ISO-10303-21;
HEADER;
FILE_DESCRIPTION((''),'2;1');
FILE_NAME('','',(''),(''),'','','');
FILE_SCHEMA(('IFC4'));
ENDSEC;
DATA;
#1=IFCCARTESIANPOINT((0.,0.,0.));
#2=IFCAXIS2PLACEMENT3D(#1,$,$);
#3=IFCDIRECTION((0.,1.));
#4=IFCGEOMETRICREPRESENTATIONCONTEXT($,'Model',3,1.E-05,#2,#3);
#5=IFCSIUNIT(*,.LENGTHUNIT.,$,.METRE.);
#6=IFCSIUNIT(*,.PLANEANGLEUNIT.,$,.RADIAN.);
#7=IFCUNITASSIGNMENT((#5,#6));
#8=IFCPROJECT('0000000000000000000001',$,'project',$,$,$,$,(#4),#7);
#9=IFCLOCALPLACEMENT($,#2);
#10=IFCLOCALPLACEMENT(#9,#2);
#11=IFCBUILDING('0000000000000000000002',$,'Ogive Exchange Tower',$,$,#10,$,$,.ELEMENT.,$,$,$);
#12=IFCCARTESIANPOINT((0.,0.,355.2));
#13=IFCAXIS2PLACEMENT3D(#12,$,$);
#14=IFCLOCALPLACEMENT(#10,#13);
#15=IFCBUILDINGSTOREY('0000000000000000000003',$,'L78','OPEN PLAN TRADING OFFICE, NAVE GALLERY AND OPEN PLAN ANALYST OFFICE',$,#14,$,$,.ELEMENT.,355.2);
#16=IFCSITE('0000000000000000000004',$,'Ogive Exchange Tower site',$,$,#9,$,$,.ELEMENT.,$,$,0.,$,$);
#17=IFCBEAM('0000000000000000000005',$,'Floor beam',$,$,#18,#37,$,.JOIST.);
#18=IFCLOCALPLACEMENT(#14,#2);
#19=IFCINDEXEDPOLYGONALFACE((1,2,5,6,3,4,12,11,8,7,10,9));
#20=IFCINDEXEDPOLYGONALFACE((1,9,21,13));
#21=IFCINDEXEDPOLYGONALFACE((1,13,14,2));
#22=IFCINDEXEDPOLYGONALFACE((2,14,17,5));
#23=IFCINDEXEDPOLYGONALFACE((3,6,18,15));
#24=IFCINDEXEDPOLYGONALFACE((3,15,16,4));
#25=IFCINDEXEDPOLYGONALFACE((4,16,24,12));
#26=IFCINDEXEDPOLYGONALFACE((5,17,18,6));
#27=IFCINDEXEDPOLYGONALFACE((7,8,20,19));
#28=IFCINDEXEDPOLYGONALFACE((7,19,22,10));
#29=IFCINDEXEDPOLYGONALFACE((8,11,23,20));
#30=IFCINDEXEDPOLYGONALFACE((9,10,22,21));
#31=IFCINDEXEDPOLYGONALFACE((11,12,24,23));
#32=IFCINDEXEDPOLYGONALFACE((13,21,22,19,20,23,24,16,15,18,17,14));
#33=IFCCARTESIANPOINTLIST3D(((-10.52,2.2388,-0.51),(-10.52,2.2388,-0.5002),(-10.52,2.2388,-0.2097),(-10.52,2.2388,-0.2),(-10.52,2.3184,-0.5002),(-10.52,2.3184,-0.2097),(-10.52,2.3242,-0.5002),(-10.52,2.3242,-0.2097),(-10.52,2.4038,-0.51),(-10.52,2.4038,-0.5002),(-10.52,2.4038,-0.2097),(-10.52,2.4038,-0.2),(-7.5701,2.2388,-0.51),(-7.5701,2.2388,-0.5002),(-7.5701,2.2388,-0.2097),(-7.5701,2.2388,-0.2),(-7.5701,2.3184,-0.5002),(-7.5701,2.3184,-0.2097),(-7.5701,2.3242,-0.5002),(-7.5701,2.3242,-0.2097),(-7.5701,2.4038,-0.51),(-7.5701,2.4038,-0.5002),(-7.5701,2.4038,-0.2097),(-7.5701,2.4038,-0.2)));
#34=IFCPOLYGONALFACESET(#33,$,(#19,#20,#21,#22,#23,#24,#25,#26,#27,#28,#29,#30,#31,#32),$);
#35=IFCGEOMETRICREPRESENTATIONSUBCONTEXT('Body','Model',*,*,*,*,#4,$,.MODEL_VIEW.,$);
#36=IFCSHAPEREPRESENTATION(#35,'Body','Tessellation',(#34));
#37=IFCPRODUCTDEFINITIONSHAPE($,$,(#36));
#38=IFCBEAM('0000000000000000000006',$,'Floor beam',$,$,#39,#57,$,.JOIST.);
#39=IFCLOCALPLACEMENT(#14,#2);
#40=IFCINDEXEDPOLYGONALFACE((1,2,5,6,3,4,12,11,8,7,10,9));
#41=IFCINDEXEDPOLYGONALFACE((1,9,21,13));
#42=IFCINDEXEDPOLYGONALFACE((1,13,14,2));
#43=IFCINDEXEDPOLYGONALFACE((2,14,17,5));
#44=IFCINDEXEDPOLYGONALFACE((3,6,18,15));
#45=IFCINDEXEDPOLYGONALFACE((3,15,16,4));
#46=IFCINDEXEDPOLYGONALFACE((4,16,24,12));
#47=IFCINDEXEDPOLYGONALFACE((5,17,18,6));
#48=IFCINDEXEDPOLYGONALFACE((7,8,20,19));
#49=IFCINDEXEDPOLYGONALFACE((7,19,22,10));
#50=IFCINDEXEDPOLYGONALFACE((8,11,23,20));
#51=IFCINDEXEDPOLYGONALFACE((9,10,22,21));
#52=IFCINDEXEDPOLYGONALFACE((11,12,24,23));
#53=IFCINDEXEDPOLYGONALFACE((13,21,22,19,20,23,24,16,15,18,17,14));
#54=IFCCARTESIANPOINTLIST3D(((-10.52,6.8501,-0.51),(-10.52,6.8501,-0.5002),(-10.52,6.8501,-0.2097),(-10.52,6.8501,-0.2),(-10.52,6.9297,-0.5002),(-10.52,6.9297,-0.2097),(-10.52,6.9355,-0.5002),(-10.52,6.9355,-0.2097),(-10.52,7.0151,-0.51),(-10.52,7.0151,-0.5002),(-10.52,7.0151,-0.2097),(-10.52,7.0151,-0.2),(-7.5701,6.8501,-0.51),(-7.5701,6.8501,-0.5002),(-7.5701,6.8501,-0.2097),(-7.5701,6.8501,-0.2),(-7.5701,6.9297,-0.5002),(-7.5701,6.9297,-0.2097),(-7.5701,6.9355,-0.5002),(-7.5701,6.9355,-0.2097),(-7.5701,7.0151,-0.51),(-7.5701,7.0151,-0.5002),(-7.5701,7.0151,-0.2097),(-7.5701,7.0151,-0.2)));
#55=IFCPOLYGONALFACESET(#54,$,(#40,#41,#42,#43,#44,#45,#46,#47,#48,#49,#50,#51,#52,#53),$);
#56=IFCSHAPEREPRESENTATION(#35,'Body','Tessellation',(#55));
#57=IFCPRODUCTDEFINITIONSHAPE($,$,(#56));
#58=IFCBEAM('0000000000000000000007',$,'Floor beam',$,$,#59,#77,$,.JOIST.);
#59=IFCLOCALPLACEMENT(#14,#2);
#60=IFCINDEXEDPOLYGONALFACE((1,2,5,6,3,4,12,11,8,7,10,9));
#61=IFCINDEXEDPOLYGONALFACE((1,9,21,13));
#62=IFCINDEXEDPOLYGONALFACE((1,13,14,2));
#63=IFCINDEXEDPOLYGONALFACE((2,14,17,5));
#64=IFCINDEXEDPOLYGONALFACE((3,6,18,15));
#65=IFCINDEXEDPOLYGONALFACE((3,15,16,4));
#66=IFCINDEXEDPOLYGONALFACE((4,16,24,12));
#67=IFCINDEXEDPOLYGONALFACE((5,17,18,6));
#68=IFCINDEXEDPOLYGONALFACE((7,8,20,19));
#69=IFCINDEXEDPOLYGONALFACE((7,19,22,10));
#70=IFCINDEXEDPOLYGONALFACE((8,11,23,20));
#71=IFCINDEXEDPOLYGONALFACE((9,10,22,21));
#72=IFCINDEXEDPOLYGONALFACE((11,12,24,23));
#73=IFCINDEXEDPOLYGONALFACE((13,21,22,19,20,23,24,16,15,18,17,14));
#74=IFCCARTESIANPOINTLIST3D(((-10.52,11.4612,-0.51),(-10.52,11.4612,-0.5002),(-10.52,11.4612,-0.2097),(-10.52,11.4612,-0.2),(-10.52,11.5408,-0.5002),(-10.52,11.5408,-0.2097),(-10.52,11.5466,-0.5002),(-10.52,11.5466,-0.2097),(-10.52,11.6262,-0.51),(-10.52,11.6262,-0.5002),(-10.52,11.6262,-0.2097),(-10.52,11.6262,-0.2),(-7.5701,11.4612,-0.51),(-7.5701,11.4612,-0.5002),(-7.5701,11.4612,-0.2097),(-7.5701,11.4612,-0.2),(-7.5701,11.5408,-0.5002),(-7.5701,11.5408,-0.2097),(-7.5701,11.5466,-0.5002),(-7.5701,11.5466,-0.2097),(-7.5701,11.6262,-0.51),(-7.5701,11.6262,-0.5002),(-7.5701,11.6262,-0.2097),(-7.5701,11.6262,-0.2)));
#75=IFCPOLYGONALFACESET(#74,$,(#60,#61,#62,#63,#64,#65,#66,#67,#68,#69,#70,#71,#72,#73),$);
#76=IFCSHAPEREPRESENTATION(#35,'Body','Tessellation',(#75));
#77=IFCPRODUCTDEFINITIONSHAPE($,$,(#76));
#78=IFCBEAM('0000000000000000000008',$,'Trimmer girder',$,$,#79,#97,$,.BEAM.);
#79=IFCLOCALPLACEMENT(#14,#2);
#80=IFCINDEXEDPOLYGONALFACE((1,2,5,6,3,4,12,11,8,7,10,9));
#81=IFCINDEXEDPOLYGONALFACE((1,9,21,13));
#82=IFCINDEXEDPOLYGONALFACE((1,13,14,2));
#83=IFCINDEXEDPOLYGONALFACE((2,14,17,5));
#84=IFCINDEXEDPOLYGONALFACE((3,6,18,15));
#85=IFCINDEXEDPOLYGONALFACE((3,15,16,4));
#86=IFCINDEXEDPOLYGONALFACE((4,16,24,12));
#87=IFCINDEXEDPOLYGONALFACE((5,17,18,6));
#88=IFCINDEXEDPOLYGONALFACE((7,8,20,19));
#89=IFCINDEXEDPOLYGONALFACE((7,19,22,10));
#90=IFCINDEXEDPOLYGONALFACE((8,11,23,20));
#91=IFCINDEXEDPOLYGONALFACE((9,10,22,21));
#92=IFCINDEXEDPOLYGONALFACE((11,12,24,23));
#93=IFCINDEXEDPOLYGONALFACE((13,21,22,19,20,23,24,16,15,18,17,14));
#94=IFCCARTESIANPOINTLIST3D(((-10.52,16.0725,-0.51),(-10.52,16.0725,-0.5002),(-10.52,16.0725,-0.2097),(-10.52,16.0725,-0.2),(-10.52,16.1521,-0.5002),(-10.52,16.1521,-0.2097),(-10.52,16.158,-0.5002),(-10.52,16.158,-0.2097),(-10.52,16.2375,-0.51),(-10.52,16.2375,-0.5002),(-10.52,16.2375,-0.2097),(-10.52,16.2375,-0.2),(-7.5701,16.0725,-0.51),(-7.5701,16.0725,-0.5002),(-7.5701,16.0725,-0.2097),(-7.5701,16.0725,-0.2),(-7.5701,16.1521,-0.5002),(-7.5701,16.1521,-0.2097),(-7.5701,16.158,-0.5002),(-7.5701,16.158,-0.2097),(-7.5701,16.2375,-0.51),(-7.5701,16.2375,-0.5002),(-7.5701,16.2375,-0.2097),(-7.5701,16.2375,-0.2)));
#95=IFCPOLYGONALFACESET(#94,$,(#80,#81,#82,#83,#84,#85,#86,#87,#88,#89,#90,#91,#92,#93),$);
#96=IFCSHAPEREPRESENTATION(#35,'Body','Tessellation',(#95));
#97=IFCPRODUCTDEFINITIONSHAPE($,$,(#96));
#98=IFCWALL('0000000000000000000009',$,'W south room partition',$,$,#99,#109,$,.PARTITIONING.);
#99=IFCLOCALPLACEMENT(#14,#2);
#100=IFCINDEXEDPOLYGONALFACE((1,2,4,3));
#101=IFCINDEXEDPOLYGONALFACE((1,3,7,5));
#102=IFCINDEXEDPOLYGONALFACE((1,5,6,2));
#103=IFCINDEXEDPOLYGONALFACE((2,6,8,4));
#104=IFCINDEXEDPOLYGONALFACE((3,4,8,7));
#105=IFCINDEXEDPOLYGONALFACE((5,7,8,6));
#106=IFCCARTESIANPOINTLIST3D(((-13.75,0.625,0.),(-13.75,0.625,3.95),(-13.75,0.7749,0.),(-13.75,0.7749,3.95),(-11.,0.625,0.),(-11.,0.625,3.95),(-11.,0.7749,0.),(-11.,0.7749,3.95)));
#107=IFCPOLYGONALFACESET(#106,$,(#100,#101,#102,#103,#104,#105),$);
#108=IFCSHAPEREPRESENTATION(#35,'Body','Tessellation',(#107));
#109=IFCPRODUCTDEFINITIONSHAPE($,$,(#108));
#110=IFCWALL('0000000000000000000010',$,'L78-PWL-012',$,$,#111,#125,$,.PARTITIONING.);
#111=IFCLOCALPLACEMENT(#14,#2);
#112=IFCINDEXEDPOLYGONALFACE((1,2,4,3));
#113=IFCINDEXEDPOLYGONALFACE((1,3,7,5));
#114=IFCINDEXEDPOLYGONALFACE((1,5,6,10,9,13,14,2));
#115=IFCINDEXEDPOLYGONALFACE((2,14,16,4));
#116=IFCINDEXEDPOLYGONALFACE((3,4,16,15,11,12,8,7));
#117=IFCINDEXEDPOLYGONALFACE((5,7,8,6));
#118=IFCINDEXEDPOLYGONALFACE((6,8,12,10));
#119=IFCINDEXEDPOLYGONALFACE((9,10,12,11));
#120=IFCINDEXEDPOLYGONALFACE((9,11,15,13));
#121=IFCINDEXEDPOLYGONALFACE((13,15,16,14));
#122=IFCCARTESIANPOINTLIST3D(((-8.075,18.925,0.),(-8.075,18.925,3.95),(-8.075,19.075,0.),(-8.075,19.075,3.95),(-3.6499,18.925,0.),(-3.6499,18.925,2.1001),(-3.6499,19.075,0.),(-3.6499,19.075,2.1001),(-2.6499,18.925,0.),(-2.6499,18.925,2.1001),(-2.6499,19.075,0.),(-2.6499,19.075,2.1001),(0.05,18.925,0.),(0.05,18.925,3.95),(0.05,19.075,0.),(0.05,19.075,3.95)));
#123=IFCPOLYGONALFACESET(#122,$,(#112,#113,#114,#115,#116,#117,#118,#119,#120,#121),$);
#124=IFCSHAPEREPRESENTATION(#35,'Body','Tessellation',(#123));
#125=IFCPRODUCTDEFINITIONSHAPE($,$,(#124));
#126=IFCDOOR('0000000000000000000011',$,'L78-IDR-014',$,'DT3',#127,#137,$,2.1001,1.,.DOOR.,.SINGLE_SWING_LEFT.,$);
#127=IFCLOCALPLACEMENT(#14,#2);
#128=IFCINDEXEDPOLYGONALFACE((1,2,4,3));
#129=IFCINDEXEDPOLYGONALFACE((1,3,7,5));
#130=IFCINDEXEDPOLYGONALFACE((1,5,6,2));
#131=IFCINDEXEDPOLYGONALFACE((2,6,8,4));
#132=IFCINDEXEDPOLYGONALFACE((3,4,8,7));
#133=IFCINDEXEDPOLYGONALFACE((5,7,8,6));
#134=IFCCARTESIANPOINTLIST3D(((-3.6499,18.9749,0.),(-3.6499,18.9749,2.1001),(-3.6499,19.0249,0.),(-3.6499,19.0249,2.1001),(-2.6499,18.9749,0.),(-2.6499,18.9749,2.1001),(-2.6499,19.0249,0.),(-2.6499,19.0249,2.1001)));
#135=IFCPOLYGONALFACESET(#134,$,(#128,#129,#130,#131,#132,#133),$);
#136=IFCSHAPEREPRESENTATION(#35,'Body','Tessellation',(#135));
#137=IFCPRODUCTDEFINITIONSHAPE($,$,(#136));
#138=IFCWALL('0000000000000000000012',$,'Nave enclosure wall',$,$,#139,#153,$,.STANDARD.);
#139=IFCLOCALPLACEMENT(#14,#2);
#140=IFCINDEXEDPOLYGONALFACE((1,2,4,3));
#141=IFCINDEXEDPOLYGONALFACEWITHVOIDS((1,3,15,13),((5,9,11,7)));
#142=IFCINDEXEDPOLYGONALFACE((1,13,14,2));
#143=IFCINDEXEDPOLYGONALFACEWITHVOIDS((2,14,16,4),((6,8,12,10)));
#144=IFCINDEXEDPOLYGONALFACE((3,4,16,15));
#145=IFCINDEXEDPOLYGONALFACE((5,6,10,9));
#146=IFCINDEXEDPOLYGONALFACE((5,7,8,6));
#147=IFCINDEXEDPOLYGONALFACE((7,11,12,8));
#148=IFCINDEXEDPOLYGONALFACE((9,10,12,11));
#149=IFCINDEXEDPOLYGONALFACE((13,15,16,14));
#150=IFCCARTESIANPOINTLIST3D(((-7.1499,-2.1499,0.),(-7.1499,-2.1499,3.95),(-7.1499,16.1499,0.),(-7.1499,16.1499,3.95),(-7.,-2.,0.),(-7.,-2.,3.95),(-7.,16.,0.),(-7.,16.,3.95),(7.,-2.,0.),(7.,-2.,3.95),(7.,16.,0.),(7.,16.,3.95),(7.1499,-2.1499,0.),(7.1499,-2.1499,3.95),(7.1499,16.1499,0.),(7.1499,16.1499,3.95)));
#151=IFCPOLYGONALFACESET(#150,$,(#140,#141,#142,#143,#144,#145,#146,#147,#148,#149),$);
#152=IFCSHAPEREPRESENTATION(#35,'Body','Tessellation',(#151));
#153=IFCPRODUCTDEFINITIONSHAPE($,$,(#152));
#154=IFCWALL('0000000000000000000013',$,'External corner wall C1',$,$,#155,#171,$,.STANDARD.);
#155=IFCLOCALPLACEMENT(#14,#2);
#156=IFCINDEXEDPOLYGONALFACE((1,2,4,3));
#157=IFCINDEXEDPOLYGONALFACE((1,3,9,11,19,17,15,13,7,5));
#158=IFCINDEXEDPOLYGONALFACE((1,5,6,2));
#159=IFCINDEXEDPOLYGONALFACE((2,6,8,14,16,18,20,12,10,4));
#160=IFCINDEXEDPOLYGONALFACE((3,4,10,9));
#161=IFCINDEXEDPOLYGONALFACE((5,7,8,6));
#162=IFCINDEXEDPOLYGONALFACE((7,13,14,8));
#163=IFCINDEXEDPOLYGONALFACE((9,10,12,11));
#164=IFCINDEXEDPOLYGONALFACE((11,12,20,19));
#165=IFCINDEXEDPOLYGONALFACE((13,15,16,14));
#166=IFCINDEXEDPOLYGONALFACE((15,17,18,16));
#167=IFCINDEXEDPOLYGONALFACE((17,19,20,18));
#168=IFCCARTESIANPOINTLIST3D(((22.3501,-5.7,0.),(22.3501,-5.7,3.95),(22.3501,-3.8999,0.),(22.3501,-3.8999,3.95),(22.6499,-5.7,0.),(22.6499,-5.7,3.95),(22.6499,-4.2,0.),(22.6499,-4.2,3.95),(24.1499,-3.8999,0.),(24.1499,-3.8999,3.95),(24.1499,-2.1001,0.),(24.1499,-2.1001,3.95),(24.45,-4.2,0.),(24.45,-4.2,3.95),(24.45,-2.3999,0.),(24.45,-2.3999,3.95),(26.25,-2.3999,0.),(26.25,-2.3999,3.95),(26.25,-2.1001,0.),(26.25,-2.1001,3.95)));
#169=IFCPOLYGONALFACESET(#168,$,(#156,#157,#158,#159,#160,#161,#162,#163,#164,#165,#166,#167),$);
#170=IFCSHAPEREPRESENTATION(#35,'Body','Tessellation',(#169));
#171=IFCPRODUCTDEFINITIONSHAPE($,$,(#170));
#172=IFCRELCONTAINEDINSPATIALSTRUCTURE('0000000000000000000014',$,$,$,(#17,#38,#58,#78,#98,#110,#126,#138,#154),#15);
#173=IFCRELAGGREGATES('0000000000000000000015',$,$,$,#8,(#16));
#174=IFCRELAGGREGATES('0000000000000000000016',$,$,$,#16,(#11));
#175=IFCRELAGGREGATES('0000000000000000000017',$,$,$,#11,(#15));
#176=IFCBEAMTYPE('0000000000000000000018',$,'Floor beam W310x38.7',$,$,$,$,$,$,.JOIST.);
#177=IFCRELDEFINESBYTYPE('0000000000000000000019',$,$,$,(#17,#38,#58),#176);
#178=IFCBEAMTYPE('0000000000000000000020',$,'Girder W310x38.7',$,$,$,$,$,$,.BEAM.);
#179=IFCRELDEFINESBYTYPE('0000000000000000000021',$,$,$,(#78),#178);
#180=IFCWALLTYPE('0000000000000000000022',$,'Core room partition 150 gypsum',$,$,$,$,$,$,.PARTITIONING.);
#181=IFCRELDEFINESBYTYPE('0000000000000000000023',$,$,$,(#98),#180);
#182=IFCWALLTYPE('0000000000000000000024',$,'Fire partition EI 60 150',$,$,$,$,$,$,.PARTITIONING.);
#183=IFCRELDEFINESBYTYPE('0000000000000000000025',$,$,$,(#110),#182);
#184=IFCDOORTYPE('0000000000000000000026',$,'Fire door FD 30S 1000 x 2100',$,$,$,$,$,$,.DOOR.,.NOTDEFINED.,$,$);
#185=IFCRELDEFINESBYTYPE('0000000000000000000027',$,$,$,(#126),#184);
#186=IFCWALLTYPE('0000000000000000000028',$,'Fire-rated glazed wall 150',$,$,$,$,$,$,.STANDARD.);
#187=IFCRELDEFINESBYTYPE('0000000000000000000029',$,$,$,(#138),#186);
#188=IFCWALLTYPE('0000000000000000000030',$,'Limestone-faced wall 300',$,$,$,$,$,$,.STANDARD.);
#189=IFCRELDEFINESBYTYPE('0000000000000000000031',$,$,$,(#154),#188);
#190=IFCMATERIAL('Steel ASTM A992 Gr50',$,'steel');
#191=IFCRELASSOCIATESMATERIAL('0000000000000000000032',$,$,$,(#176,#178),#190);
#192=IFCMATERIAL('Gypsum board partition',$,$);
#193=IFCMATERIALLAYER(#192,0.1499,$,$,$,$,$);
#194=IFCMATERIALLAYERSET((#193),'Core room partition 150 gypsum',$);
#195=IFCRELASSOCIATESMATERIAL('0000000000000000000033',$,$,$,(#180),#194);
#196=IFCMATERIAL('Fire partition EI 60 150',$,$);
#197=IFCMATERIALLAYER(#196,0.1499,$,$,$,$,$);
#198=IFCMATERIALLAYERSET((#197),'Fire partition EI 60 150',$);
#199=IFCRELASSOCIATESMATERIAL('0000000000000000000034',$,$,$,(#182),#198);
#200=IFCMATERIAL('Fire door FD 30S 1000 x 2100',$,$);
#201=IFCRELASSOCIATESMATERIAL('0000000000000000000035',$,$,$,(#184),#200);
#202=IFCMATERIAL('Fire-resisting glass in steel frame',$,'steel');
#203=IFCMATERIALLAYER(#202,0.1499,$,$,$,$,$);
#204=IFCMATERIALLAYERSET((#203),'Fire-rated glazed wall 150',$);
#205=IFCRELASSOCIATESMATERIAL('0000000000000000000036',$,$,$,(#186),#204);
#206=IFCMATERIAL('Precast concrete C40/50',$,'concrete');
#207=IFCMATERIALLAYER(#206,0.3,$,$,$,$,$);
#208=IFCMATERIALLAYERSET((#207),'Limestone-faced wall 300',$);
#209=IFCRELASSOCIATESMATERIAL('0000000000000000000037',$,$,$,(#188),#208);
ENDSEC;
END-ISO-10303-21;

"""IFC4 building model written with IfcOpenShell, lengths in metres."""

from ifc_helpers import new_model, si_unit, direction, frame, frame_2d, origin, origin_2d, place, context, subcontext, project, spatial, polyline, rectangle, i_section, outline, extrude, material, layer, layer_set, material_profile, profile_set, type_object, element, fill, save


model = new_model("IFC4")

# Units and contexts
model_context = context("Model", 3, precision=1e-05, world=origin(), true_north=direction((0.0, 1.0)))
body_context = subcontext(model_context, "Body", "Model", "MODEL_VIEW")
ifc_project = project(units=[si_unit("LENGTHUNIT", "METRE"), si_unit("PLANEANGLEUNIT", "RADIAN")], contexts=[model_context])

# Site, building, storey
site_placement = place(None, origin())
site = spatial("IfcSite", under=ifc_project, at=site_placement, Name="Ogive Exchange Tower site", CompositionType="ELEMENT", RefElevation=0.0)
building_placement = place(site_placement, origin())
building = spatial("IfcBuilding", under=site, at=building_placement, Name="Ogive Exchange Tower", CompositionType="ELEMENT")
storey_placement = place(building_placement, frame((0.0, 0.0, 355.2)))
storey = spatial("IfcBuildingStorey", under=building, at=storey_placement, Name="L78", Description="OPEN PLAN TRADING OFFICE, NAVE GALLERY AND OPEN PLAN ANALYST OFFICE", CompositionType="ELEMENT", Elevation=355.2)

# Beams
ifc_material_1 = material(Name="Steel ASTM A992 Gr50", Category="steel")
ifc_material_profile_1 = material_profile(ifc_material_1, i_section(OverallWidth=0.165, OverallDepth=0.3101, WebThickness=0.0059, FlangeThickness=0.0098, at=origin_2d()), Name="W310x38.7")
ifc_profile_set_1 = profile_set([ifc_material_profile_1], Name="Steel ASTM A992 Gr50")
beam_type_1 = type_object("IfcBeamType", Name="Floor beam W310x38.7", PredefinedType="JOIST", material=ifc_profile_set_1)
for number, where, z_axis, x_axis, name in (
    (1, (-10.52, 2.3213, -0.355), (1.0, 0.0, 0.0), (0.0, 1.0, 0.0), "Floor beam"),
    (2, (-10.52, 6.9326, -0.355), (1.0, 0.0, 0.0), (0.0, 1.0, 0.0), "Floor beam"),
    (3, (-10.52, 11.5437, -0.355), (1.0, 0.0, 0.0), (0.0, 1.0, 0.0), "Floor beam"),
):
    element("IfcBeam", number, at=place(storey_placement, frame(where, z_axis=z_axis, x_axis=x_axis)), inside=storey, type_object=beam_type_1, Name=name, PredefinedType="JOIST", context=body_context, shape_type="SweptSolid", body=[
        extrude(i_section(OverallWidth=0.165, OverallDepth=0.3101, WebThickness=0.0059, FlangeThickness=0.0098, at=origin_2d()), origin(), (0.0, 0.0, 1.0), 2.95),
    ])
ifc_material_profile_2 = material_profile(ifc_material_1, i_section(OverallWidth=0.165, OverallDepth=0.3101, WebThickness=0.0059, FlangeThickness=0.0098, at=origin_2d()), Name="W310x38.7")
ifc_profile_set_2 = profile_set([ifc_material_profile_2], Name="Steel ASTM A992 Gr50")
beam_type_2 = type_object("IfcBeamType", Name="Girder W310x38.7", PredefinedType="BEAM", material=ifc_profile_set_2)
beam_placement = place(storey_placement, frame((-10.52, 16.155, -0.355), z_axis=(1.0, 0.0, 0.0), x_axis=(0.0, 1.0, 0.0)))
element("IfcBeam", 4, at=beam_placement, inside=storey, type_object=beam_type_2, Name="Trimmer girder", PredefinedType="BEAM", context=body_context, shape_type="SweptSolid", body=[
    extrude(i_section(OverallWidth=0.165, OverallDepth=0.3101, WebThickness=0.0059, FlangeThickness=0.0098, at=origin_2d()), origin(), (0.0, 0.0, 1.0), 2.95),
])

# Wall
ifc_material_2 = material(Name="Gypsum board partition")
ifc_layer_1 = layer(ifc_material_2, 0.1499)
ifc_layer_set_1 = layer_set([ifc_layer_1], Name="Core room partition 150 gypsum")
wall_type_1 = type_object("IfcWallType", Name="Core room partition 150 gypsum", PredefinedType="PARTITIONING", material=ifc_layer_set_1)
wall_1_placement = place(storey_placement, frame((-13.75, 0.7, 0.0), z_axis=(0.0, 0.0, 1.0), x_axis=(1.0, 0.0, 0.0)))
element("IfcWall", 5, at=wall_1_placement, inside=storey, type_object=wall_type_1, Name="W south room partition", PredefinedType="PARTITIONING", context=body_context, shape_type="SweptSolid", body=[
    extrude(rectangle(XDim=2.75, YDim=0.1499, at=frame_2d((1.375, 0.0))), origin(), (0.0, 0.0, 1.0), 3.95),
])

# Wall, opening, door
ifc_material_3 = material(Name="Fire partition EI 60 150")
ifc_layer_2 = layer(ifc_material_3, 0.1499)
ifc_layer_set_2 = layer_set([ifc_layer_2], Name="Fire partition EI 60 150")
wall_type_2 = type_object("IfcWallType", Name="Fire partition EI 60 150", PredefinedType="PARTITIONING", material=ifc_layer_set_2)
wall_2_placement = place(storey_placement, frame((-8.075, 19.0, 0.0), z_axis=(0.0, 0.0, 1.0), x_axis=(1.0, 0.0, 0.0)))
wall_2 = element("IfcWall", 6, at=wall_2_placement, inside=storey, type_object=wall_type_2, Name="L78-PWL-012", PredefinedType="PARTITIONING", context=body_context, shape_type="SweptSolid", body=[
    extrude(rectangle(XDim=8.125, YDim=0.1499, at=frame_2d((4.0625, 0.0))), origin(), (0.0, 0.0, 1.0), 3.95),
])
opening_1_placement = place(wall_2_placement, frame((4.425, 0.0, 0.0)))
opening_1 = element("IfcOpeningElement", 7, at=opening_1_placement, cuts=wall_2, PredefinedType="OPENING", context=body_context, shape_type="SweptSolid", body=[
    extrude(rectangle(XDim=1.0, YDim=2.1001, at=frame_2d((0.5, 1.05))), frame((0.0, 0.085, 0.0), z_axis=(0.0, -1.0, 0.0), x_axis=(1.0, 0.0, 0.0)), (0.0, 0.0, 1.0), 0.1699),
])
ifc_material_4 = material(Name="Fire door FD 30S 1000 x 2100")
door_type_1 = type_object("IfcDoorType", Name="Fire door FD 30S 1000 x 2100", OperationType="NOTDEFINED", PredefinedType="DOOR", material=ifc_material_4)
door_1_placement = place(opening_1_placement, origin())
door_1 = element("IfcDoor", 8, at=door_1_placement, inside=storey, type_object=door_type_1, Name="L78-IDR-014", ObjectType="DT3", OperationType="SINGLE_SWING_LEFT", OverallHeight=2.1001, OverallWidth=1.0, PredefinedType="DOOR", context=body_context, shape_type="SweptSolid", body=[
    extrude(rectangle(XDim=1.0, YDim=2.1001, at=frame_2d((0.5, 1.05))), frame((0.0, 0.0249, 0.0), z_axis=(0.0, -1.0, 0.0), x_axis=(1.0, 0.0, 0.0)), (0.0, 0.0, 1.0), 0.05),
])
fill(opening_1, door_1)

# Walls
ifc_material_5 = material(Name="Fire-resisting glass in steel frame", Category="steel")
ifc_layer_3 = layer(ifc_material_5, 0.1499)
ifc_layer_set_3 = layer_set([ifc_layer_3], Name="Fire-rated glazed wall 150")
wall_type_3 = type_object("IfcWallType", Name="Fire-rated glazed wall 150", PredefinedType="STANDARD", material=ifc_layer_set_3)
wall_3_placement = place(storey_placement, origin())
element("IfcWall", 9, at=wall_3_placement, inside=storey, type_object=wall_type_3, Name="Nave enclosure wall", PredefinedType="STANDARD", context=body_context, shape_type="SweptSolid", body=[
    extrude(outline(polyline([(-7.1499, -2.1499), (7.1499, -2.1499), (7.1499, 16.1499), (-7.1499, 16.1499), (-7.1499, -2.1499)]), holes=[polyline([(-7.0, -2.0), (-7.0, 16.0), (7.0, 16.0), (7.0, -2.0), (-7.0, -2.0)])]), origin(), (0.0, 0.0, 1.0), 3.95),
])
ifc_material_6 = material(Name="Precast concrete C40/50", Category="concrete")
ifc_layer_4 = layer(ifc_material_6, 0.3)
ifc_layer_set_4 = layer_set([ifc_layer_4], Name="Limestone-faced wall 300")
wall_type_4 = type_object("IfcWallType", Name="Limestone-faced wall 300", PredefinedType="STANDARD", material=ifc_layer_set_4)
wall_4_placement = place(storey_placement, origin())
element("IfcWall", 10, at=wall_4_placement, inside=storey, type_object=wall_type_4, Name="External corner wall C1", PredefinedType="STANDARD", context=body_context, shape_type="SweptSolid", body=[
    extrude(outline(polyline([(24.1499, -3.8999), (24.1499, -2.1001), (26.25, -2.1001), (26.25, -2.3999), (24.45, -2.3999), (24.45, -4.2), (22.6499, -4.2), (22.6499, -5.7), (22.3501, -5.7), (22.3501, -3.8999), (24.1499, -3.8999)])), origin(), (0.0, 0.0, 1.0), 3.95),
])

save(model, "model.ifc")
